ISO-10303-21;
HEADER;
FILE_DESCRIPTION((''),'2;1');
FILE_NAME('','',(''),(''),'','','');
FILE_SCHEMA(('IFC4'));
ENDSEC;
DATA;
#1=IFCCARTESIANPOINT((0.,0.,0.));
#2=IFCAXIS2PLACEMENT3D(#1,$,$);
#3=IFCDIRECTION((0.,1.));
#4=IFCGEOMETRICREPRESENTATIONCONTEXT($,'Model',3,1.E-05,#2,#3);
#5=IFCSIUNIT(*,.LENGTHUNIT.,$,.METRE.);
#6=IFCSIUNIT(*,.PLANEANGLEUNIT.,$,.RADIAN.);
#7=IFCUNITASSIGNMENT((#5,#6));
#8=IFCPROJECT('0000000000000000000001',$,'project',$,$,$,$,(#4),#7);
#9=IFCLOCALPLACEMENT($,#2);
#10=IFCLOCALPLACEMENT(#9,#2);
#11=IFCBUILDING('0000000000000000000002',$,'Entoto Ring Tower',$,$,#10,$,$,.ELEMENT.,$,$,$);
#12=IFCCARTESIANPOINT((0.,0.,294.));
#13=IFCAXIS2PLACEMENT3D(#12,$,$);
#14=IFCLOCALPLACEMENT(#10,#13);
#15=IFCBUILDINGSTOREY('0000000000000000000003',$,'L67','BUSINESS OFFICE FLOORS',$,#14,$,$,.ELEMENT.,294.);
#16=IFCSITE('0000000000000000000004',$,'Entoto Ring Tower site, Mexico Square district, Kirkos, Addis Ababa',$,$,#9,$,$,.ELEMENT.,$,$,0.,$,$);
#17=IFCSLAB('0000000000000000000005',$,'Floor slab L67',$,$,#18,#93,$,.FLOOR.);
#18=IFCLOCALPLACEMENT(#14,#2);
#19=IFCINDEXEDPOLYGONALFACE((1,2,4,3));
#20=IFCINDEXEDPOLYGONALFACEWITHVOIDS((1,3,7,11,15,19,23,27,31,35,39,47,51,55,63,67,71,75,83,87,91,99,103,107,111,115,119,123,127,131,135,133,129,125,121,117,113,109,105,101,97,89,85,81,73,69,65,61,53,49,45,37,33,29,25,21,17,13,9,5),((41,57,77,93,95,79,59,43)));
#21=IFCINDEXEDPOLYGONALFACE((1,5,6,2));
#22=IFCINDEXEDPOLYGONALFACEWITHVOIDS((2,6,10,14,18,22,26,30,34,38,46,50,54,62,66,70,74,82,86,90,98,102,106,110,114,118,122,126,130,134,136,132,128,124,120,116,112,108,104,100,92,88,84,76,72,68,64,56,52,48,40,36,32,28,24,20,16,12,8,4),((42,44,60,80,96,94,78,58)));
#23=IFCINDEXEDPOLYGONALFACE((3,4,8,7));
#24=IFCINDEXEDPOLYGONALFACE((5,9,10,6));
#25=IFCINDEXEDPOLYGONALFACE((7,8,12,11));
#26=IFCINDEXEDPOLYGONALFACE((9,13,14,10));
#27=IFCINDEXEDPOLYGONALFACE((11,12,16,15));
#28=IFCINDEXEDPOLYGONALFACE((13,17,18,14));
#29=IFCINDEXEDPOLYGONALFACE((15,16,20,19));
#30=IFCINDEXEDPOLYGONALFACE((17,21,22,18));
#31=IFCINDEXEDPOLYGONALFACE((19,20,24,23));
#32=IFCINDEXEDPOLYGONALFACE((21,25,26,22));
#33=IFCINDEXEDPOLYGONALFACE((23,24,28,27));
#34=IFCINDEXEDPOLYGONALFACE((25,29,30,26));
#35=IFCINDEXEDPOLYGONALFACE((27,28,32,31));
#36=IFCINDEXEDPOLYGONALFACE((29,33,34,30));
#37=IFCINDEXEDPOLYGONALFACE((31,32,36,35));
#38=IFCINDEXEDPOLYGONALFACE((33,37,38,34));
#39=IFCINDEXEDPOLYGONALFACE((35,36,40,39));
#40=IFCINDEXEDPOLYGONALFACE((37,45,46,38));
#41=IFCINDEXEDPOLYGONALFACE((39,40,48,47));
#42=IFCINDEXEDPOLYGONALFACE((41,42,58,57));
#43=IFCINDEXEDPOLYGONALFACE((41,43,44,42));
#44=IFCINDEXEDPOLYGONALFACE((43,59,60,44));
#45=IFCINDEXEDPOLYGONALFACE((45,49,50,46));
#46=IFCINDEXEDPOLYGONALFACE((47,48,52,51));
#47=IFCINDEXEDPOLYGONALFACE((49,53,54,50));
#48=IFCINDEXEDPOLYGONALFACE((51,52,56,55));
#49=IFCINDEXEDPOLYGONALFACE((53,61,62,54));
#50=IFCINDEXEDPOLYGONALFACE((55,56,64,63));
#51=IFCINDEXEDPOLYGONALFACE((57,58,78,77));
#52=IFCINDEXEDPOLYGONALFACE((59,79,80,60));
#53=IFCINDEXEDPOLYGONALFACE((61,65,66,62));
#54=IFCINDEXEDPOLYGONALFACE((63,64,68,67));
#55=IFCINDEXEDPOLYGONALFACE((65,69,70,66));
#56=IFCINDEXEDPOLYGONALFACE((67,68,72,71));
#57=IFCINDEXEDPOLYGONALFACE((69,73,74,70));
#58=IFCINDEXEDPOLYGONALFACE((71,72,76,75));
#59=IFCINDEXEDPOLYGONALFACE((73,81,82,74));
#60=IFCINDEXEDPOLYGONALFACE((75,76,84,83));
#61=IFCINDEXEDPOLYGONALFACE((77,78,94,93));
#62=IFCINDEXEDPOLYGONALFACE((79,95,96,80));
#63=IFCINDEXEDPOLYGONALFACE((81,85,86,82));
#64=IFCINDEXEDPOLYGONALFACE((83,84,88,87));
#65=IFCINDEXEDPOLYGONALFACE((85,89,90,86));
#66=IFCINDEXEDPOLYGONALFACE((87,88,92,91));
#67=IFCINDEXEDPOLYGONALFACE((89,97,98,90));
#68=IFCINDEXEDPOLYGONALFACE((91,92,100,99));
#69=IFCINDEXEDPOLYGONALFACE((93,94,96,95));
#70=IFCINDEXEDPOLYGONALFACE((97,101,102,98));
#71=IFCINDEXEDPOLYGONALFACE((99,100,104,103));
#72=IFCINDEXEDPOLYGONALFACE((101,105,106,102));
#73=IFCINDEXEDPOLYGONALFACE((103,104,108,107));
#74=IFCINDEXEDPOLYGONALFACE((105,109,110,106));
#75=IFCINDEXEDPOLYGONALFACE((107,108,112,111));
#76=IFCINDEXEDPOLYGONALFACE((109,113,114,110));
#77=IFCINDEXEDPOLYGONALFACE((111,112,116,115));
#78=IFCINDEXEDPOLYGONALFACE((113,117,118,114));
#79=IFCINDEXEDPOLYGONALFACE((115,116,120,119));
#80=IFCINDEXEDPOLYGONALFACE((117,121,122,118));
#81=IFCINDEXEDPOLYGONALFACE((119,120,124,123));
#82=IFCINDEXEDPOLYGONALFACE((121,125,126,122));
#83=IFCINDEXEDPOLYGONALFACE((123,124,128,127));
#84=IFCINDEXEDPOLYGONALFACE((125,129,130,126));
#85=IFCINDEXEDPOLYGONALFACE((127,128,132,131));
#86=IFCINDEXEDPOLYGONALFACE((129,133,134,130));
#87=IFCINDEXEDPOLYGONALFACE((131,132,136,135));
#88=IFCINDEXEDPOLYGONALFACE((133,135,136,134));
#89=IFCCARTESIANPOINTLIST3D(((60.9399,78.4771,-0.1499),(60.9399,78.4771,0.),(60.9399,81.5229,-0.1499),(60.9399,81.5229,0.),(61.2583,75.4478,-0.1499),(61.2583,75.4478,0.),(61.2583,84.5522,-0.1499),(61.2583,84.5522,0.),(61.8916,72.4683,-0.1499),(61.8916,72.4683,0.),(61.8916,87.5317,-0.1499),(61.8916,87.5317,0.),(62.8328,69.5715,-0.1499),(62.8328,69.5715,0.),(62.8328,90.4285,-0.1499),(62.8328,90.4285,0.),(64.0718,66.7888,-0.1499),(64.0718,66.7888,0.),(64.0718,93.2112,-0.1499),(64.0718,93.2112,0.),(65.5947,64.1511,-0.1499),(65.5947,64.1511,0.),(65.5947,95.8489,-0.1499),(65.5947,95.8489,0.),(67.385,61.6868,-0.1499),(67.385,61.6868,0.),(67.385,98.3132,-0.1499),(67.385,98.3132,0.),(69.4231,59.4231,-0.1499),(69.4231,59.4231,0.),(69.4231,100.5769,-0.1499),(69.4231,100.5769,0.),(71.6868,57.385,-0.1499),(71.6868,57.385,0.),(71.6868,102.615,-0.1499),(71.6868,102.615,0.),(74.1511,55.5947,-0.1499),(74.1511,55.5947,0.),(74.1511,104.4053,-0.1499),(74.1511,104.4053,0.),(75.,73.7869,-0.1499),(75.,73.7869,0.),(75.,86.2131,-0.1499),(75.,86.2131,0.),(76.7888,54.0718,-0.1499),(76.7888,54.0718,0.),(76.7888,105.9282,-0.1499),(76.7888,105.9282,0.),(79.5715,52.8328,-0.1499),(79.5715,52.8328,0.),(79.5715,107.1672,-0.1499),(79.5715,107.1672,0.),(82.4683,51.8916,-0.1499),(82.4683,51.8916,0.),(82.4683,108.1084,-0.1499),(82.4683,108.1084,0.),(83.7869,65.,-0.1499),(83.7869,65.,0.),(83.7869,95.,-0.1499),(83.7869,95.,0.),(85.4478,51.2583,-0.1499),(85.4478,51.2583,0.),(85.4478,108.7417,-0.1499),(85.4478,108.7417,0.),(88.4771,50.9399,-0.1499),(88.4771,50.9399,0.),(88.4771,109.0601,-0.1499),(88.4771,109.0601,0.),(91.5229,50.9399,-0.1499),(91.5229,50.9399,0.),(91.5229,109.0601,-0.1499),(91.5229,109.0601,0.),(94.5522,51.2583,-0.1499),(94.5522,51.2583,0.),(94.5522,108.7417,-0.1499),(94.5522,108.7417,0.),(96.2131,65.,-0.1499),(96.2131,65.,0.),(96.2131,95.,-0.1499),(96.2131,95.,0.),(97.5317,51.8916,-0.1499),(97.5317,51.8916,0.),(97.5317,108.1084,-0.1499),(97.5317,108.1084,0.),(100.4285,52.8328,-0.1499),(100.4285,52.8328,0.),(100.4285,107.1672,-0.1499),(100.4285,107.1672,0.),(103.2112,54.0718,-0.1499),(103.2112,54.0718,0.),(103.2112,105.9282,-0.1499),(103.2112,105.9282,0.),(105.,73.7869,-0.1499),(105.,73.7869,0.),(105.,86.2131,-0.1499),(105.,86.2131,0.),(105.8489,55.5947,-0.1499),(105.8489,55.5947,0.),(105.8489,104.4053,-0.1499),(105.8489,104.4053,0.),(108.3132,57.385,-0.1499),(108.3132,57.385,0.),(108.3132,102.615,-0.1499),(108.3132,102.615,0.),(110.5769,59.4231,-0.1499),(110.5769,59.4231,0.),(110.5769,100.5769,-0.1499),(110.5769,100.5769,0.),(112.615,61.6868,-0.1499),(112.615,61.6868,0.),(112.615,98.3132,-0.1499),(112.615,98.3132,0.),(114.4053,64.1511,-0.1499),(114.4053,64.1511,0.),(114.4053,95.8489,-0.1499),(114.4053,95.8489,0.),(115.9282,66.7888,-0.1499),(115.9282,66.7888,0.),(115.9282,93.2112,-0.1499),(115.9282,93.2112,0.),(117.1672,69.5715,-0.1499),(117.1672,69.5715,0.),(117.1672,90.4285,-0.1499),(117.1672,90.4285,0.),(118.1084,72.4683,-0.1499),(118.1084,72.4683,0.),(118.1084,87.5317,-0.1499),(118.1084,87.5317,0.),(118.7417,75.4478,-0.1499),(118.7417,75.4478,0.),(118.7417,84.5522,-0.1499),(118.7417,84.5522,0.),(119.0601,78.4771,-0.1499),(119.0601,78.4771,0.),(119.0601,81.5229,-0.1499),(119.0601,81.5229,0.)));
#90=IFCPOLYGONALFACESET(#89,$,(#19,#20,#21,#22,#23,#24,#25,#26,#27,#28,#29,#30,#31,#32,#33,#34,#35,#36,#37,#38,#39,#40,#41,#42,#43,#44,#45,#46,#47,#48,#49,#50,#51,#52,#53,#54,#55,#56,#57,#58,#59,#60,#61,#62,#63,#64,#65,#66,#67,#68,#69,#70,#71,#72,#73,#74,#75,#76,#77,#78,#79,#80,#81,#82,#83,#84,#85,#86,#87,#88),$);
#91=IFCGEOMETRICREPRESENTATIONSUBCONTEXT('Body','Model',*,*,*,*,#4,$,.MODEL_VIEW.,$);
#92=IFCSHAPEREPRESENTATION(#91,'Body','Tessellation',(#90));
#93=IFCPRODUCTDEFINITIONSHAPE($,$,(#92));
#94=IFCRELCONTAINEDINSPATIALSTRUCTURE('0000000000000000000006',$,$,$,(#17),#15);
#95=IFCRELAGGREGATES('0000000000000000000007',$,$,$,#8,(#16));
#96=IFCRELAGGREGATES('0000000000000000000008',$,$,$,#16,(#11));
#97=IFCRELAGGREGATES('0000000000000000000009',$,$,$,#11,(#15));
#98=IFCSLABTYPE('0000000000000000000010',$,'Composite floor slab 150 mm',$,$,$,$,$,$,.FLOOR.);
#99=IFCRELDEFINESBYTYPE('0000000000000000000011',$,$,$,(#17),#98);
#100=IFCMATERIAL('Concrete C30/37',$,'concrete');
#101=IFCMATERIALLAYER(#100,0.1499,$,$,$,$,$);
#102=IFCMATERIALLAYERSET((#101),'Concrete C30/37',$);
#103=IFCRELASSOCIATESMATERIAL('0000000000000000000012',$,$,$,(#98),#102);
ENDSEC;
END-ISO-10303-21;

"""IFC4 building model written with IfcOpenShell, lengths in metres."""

from ifc_helpers import new_model, si_unit, direction, frame, origin, place, context, subcontext, project, spatial, polyline, outline, extrude, material, layer, layer_set, type_object, element, save


model = new_model("IFC4")

# Units and contexts
model_context = context("Model", 3, precision=1e-05, world=origin(), true_north=direction((0.0, 1.0)))
body_context = subcontext(model_context, "Body", "Model", "MODEL_VIEW")
ifc_project = project(units=[si_unit("LENGTHUNIT", "METRE"), si_unit("PLANEANGLEUNIT", "RADIAN")], contexts=[model_context])

# Site, building, storey
site_placement = place(None, origin())
building_placement = place(site_placement, origin())
storey_placement = place(building_placement, frame((0.0, 0.0, 294.0)))
site = spatial("IfcSite", under=ifc_project, at=site_placement, Name="Entoto Ring Tower site, Mexico Square district, Kirkos, Addis Ababa", CompositionType="ELEMENT", RefElevation=0.0)
building = spatial("IfcBuilding", under=site, at=building_placement, Name="Entoto Ring Tower", CompositionType="ELEMENT")
storey = spatial("IfcBuildingStorey", under=building, at=storey_placement, Name="L67", Description="BUSINESS OFFICE FLOORS", CompositionType="ELEMENT", Elevation=294.0)

# Slab
ifc_material_1 = material(Name="Concrete C30/37", Category="concrete")
ifc_layer_1 = layer(ifc_material_1, 0.1499)
ifc_layer_set_1 = layer_set([ifc_layer_1], Name="Concrete C30/37")
slab_type = type_object("IfcSlabType", Name="Composite floor slab 150 mm", PredefinedType="FLOOR", material=ifc_layer_set_1)
slab_placement = place(storey_placement, frame((0.0, 0.0, -0.1499)))
element("IfcSlab", 1, at=slab_placement, inside=storey, type_object=slab_type, Name="Floor slab L67", PredefinedType="FLOOR", context=body_context, shape_type="SweptSolid", body=[
    extrude(outline(polyline([(118.7417, 84.5522), (118.1084, 87.5317), (117.1672, 90.4285), (115.9282, 93.2112), (114.4053, 95.8489), (112.615, 98.3132), (110.5769, 100.5769), (108.3132, 102.615), (105.8489, 104.4053), (103.2112, 105.9282), (100.4285, 107.1672), (97.5317, 108.1084), (94.5522, 108.7417), (91.5229, 109.0601), (88.4771, 109.0601), (85.4478, 108.7417), (82.4683, 108.1084), (79.5715, 107.1672), (76.7888, 105.9282), (74.1511, 104.4053), (71.6868, 102.615), (69.4231, 100.5769), (67.385, 98.3132), (65.5947, 95.8489), (64.0718, 93.2112), (62.8328, 90.4285), (61.8916, 87.5317), (61.2583, 84.5522), (60.9399, 81.5229), (60.9399, 78.4771), (61.2583, 75.4478), (61.8916, 72.4683), (62.8328, 69.5715), (64.0718, 66.7888), (65.5947, 64.1511), (67.385, 61.6868), (69.4231, 59.4231), (71.6868, 57.385), (74.1511, 55.5947), (76.7888, 54.0718), (79.5715, 52.8328), (82.4683, 51.8916), (85.4478, 51.2583), (88.4771, 50.9399), (91.5229, 50.9399), (94.5522, 51.2583), (97.5317, 51.8916), (100.4285, 52.8328), (103.2112, 54.0718), (105.8489, 55.5947), (108.3132, 57.385), (110.5769, 59.4231), (112.615, 61.6868), (114.4053, 64.1511), (115.9282, 66.7888), (117.1672, 69.5715), (118.1084, 72.4683), (118.7417, 75.4478), (119.0601, 78.4771), (119.0601, 81.5229), (118.7417, 84.5522)]), holes=[polyline([(105.0, 73.7869), (105.0, 86.2131), (96.2131, 95.0), (83.7869, 95.0), (75.0, 86.2131), (75.0, 73.7869), (83.7869, 65.0), (96.2131, 65.0), (105.0, 73.7869)])]), origin(), (0.0, 0.0, 1.0), 0.1499),
])

save(model, "model.ifc")
